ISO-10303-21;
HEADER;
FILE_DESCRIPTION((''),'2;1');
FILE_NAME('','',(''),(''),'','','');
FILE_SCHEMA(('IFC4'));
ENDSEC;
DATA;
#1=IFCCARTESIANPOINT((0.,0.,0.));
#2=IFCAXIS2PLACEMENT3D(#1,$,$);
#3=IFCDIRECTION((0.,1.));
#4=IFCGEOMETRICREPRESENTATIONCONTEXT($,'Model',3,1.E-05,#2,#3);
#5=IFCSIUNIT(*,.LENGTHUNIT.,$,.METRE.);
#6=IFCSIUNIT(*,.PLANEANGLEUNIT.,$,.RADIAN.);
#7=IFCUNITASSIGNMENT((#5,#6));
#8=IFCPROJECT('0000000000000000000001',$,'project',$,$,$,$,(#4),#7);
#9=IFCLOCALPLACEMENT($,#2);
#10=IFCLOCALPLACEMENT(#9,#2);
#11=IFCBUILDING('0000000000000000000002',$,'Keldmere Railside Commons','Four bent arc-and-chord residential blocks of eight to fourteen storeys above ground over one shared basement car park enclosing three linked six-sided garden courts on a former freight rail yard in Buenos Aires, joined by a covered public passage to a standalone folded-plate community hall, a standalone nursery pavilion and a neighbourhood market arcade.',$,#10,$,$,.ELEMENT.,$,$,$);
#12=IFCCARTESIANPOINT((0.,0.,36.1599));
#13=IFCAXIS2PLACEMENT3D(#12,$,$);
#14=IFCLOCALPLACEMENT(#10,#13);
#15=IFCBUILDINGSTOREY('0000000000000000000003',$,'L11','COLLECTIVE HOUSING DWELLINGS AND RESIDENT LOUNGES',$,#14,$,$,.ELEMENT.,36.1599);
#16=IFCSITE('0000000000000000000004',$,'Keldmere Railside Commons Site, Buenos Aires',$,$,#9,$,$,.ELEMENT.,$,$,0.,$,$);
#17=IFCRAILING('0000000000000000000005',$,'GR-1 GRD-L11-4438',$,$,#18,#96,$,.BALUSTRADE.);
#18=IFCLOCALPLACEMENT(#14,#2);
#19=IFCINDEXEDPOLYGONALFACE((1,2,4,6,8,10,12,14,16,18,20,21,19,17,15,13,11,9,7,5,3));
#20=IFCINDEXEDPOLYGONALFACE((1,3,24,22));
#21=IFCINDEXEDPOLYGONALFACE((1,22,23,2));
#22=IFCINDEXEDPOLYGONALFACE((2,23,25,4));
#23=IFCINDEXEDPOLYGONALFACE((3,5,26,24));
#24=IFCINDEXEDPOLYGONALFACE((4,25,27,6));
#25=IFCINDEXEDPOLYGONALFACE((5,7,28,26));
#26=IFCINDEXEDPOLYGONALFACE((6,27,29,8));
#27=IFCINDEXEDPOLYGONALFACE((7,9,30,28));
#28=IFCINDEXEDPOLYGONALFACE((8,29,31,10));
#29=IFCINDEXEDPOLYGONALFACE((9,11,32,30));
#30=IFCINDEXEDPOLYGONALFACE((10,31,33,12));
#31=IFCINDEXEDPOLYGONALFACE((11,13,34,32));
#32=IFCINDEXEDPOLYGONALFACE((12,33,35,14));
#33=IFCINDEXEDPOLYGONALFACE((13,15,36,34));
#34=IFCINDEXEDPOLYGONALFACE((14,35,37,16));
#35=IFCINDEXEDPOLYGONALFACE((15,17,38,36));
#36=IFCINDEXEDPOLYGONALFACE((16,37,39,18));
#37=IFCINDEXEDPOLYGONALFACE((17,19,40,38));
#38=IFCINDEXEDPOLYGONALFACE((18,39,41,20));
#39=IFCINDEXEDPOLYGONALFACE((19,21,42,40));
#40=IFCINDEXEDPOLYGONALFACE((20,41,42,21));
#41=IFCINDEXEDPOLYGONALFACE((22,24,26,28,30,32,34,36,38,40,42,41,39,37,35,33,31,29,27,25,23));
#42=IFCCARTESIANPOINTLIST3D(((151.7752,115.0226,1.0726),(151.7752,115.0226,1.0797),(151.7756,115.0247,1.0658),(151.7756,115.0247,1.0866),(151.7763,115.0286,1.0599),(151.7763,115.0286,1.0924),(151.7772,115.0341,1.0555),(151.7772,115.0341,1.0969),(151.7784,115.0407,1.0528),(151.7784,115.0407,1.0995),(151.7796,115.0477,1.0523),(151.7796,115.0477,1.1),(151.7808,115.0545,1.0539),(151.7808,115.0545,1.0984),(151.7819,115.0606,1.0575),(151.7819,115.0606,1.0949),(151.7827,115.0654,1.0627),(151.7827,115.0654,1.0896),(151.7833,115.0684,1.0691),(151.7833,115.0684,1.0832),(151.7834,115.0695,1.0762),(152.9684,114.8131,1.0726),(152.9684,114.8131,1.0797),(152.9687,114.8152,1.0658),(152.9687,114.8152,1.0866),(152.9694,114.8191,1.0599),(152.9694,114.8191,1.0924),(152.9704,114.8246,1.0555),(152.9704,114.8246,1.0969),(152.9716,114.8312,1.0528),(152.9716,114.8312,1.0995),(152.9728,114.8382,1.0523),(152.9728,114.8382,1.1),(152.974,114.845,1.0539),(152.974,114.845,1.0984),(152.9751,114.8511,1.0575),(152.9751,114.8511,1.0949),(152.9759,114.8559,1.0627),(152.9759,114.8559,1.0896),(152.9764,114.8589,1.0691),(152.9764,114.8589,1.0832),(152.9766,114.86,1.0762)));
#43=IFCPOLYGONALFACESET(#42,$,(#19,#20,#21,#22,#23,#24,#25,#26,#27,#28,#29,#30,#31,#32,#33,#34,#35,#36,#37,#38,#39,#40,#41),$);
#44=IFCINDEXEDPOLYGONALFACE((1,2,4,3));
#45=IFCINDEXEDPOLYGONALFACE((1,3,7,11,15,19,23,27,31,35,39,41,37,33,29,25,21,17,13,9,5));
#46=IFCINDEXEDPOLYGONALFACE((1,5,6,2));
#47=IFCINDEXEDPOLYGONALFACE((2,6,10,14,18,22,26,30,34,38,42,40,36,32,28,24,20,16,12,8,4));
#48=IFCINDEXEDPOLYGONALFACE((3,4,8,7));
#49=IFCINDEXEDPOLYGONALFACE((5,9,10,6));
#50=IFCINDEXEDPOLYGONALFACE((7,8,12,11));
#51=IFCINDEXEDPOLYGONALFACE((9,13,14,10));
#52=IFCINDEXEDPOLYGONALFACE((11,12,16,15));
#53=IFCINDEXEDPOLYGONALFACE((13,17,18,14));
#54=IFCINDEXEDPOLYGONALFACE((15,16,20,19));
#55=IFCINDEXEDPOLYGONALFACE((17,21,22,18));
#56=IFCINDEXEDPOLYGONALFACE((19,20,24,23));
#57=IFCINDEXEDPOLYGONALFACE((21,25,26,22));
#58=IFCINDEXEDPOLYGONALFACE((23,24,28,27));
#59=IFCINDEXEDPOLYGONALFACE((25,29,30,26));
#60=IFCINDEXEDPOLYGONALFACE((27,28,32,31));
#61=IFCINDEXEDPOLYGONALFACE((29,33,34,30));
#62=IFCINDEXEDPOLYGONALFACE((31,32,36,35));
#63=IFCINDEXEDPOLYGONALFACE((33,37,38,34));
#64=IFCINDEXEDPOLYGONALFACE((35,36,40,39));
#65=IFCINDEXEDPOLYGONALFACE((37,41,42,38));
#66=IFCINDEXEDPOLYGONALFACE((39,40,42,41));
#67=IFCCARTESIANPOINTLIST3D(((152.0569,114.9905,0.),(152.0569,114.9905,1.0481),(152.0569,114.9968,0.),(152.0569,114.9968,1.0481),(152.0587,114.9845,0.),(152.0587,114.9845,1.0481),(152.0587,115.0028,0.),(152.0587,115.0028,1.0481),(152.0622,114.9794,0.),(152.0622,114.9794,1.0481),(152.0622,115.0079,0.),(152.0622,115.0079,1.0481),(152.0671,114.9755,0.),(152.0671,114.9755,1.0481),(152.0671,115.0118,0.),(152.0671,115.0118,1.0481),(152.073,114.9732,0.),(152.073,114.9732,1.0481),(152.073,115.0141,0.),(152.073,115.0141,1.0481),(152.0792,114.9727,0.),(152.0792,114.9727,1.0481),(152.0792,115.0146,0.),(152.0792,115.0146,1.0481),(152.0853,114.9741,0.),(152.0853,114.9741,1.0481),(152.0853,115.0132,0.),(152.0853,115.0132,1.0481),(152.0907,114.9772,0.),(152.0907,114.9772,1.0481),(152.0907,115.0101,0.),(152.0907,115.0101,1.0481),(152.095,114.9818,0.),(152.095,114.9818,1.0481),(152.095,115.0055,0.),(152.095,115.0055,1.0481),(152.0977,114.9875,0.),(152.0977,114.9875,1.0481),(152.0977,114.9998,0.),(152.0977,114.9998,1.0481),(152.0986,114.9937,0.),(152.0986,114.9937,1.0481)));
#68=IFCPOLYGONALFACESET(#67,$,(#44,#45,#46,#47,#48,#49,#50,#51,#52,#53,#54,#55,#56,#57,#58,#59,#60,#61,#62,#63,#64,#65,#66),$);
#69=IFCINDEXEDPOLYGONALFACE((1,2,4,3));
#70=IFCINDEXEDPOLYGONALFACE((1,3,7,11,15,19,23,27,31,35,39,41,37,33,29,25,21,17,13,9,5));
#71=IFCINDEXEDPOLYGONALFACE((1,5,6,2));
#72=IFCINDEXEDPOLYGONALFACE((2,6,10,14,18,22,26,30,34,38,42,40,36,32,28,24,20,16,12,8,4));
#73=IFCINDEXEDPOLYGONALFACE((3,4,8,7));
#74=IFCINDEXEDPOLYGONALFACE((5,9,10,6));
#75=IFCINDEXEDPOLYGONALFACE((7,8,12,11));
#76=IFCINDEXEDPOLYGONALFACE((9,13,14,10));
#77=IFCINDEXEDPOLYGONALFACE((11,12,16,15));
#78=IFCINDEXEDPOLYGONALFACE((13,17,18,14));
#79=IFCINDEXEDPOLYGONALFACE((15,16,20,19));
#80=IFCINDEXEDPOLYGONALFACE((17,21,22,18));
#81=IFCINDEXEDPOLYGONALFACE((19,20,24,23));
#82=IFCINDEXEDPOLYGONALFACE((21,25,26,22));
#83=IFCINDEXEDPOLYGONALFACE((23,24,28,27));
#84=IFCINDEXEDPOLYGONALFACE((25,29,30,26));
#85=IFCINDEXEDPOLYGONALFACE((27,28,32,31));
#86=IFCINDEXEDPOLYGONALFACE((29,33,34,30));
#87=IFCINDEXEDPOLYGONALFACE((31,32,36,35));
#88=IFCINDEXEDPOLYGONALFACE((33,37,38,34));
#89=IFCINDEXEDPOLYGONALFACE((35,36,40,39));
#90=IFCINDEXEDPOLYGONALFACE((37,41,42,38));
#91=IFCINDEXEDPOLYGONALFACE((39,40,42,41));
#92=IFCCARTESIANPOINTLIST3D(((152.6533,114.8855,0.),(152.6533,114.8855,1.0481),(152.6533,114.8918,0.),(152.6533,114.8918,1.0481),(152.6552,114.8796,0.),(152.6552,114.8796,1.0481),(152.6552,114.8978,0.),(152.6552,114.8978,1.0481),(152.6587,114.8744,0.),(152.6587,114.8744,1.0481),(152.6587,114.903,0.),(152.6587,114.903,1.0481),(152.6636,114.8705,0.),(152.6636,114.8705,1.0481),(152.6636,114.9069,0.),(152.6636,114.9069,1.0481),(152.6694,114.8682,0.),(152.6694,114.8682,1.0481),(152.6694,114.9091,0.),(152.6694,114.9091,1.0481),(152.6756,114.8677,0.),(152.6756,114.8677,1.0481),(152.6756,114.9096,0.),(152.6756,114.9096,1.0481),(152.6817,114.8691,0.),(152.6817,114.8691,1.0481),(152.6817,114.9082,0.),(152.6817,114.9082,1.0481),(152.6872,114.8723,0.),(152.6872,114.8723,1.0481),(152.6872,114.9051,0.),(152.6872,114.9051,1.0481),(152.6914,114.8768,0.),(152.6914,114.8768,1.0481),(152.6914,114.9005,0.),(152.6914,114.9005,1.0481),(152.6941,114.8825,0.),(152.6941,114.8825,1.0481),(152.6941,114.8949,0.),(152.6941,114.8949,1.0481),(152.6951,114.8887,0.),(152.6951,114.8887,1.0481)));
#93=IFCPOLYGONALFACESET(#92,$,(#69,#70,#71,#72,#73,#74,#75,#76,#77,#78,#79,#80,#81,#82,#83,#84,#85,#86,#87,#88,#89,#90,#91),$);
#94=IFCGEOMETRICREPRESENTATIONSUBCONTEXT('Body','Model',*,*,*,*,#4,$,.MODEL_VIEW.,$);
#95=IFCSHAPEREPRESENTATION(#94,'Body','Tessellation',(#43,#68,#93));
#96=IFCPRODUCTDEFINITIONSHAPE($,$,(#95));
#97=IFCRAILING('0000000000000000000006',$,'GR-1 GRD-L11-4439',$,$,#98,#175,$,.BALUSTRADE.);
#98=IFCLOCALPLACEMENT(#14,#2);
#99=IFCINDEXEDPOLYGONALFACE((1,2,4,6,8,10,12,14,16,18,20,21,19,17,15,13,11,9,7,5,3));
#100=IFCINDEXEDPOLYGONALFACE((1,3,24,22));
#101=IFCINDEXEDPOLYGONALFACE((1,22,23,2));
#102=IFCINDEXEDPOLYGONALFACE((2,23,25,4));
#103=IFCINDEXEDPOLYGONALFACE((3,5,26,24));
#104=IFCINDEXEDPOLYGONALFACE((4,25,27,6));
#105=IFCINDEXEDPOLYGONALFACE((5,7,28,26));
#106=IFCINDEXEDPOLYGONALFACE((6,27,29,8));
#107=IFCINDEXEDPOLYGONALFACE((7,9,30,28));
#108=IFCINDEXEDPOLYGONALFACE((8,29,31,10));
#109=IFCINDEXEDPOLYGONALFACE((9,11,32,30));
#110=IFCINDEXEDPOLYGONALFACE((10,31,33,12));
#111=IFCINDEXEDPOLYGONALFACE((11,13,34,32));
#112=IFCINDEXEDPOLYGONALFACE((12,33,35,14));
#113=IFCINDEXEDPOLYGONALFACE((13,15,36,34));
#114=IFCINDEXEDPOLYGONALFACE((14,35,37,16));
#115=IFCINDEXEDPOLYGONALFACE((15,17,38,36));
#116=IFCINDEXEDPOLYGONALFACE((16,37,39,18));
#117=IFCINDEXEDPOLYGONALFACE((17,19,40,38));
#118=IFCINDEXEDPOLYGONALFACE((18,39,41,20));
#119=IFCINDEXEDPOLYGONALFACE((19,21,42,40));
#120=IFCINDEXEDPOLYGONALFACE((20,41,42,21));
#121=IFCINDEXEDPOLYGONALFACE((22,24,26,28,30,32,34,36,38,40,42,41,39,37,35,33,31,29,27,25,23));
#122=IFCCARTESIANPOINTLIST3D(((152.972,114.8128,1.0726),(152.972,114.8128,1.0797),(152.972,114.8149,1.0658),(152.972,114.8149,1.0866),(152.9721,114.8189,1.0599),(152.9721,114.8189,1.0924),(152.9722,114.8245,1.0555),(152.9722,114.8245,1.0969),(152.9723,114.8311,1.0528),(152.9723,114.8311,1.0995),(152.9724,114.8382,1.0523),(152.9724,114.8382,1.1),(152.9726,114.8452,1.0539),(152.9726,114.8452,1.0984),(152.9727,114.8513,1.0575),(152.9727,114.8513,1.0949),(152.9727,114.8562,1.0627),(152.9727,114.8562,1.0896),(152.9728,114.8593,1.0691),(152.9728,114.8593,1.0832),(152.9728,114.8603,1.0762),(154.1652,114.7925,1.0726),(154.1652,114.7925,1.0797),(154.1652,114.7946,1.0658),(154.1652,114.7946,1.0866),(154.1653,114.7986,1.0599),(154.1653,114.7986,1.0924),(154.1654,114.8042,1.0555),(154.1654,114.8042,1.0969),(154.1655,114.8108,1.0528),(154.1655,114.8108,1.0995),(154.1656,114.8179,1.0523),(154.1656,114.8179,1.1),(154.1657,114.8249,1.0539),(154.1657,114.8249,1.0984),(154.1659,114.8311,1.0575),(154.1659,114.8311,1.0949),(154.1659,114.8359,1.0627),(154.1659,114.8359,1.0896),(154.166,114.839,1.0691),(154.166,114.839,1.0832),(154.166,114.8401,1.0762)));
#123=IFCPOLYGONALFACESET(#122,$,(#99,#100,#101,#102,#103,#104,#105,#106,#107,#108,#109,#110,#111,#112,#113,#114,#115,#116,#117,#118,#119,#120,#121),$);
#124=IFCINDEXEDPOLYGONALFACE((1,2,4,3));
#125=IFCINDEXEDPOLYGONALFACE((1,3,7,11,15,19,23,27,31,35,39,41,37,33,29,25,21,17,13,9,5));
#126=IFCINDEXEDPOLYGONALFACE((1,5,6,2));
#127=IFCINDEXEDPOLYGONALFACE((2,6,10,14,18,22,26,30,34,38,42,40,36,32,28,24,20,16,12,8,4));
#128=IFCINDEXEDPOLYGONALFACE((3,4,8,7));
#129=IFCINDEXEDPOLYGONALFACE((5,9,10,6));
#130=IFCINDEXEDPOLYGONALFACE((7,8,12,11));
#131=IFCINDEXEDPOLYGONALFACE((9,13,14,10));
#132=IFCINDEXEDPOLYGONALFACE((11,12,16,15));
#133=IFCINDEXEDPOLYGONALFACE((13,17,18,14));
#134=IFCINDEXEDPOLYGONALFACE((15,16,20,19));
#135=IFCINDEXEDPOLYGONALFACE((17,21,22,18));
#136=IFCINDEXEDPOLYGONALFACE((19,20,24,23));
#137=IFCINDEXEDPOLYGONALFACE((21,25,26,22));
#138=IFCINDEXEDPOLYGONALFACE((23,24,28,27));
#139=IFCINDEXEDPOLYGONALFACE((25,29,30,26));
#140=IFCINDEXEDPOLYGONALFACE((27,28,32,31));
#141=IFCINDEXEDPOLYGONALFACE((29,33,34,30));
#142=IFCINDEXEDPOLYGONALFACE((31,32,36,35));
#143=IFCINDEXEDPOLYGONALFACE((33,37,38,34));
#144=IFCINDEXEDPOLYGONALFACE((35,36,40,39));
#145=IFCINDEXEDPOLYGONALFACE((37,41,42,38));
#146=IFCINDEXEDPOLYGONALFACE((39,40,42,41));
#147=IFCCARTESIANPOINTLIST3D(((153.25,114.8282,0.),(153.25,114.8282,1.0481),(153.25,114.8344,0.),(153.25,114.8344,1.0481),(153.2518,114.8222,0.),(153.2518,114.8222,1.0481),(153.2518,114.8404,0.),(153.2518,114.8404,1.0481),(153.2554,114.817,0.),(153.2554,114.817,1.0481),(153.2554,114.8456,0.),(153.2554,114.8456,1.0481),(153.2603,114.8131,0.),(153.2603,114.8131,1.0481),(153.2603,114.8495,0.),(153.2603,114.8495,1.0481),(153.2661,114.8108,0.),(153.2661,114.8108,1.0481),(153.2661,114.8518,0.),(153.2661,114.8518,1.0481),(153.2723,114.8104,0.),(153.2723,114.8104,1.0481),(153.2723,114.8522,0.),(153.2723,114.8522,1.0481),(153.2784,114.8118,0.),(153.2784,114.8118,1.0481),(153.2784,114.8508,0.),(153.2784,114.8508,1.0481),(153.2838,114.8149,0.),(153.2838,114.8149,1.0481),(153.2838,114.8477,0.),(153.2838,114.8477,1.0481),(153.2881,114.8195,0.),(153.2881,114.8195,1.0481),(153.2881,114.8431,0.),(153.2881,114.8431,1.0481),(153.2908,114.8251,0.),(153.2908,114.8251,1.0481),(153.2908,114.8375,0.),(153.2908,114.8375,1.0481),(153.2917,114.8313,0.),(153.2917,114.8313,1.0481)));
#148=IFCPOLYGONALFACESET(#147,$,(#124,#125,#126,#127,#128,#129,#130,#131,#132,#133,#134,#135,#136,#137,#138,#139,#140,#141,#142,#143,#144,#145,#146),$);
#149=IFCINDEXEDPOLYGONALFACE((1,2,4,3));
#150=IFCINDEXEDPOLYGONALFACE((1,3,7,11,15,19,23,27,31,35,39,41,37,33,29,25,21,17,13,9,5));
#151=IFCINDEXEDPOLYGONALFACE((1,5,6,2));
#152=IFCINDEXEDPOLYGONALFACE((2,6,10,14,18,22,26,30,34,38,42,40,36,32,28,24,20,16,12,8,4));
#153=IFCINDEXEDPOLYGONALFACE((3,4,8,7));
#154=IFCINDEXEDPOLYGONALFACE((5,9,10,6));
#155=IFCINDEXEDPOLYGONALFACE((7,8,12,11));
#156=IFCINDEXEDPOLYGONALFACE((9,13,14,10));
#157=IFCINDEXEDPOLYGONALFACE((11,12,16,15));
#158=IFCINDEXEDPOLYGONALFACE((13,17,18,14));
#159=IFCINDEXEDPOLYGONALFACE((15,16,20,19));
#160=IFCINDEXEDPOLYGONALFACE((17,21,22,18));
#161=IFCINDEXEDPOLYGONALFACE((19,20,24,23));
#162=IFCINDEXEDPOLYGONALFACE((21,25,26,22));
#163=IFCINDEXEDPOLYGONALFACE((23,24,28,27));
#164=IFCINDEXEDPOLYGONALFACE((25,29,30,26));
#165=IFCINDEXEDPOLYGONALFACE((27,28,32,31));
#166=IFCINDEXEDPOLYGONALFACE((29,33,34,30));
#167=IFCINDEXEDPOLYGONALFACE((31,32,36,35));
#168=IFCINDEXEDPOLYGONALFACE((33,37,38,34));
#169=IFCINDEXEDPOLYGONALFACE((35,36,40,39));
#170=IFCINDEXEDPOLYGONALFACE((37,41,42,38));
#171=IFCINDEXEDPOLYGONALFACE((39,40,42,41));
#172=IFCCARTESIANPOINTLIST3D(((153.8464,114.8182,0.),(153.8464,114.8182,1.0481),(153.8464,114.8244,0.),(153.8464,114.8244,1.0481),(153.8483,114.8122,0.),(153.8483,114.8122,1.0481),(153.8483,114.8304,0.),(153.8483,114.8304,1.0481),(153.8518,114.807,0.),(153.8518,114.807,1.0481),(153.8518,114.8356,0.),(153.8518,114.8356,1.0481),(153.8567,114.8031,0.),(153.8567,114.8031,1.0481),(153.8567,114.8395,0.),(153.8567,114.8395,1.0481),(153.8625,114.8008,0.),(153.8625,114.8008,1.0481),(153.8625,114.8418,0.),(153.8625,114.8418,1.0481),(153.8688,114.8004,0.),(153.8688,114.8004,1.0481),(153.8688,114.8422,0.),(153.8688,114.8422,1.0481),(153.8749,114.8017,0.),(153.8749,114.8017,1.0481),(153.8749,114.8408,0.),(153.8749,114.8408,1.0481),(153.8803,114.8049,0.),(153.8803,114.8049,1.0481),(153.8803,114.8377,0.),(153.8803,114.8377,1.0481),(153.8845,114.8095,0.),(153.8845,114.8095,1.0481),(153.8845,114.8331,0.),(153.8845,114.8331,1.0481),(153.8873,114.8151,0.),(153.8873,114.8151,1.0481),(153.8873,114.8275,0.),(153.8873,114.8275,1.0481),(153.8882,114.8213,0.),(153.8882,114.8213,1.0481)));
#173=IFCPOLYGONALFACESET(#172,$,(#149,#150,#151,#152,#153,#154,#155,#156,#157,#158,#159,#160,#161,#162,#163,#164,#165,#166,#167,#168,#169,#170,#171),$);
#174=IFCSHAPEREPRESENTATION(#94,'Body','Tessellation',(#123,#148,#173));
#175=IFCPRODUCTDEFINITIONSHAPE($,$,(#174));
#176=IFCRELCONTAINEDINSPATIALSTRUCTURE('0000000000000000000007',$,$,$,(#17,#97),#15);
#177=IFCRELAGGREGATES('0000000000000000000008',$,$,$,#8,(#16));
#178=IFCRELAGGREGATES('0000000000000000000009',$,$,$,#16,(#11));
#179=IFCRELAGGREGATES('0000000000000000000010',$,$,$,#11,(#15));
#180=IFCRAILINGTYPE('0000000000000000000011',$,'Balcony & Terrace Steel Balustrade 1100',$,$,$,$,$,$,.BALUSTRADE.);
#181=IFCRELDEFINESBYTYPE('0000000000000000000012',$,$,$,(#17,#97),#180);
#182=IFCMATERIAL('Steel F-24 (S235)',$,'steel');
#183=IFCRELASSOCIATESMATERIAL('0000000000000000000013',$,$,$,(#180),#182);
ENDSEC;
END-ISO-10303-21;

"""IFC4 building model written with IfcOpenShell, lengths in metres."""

from ifc_helpers import new_model, si_unit, direction, frame, origin, origin_2d, place, context, subcontext, project, spatial, circle, extrude, material, type_object, element, save


model = new_model("IFC4")

# Units and contexts
model_context = context("Model", 3, precision=1e-05, world=origin(), true_north=direction((0.0, 1.0)))
body_context = subcontext(model_context, "Body", "Model", "MODEL_VIEW")
ifc_project = project(units=[si_unit("LENGTHUNIT", "METRE"), si_unit("PLANEANGLEUNIT", "RADIAN")], contexts=[model_context])

# Site, building, storey
site_placement = place(None, origin())
site = spatial("IfcSite", under=ifc_project, at=site_placement, Name="Keldmere Railside Commons Site, Buenos Aires", CompositionType="ELEMENT", RefElevation=0.0)
building_placement = place(site_placement, origin())
building = spatial("IfcBuilding", under=site, at=building_placement, Name="Keldmere Railside Commons", Description="Four bent arc-and-chord residential blocks of eight to fourteen storeys above ground over one shared basement car park enclosing three linked six-sided garden courts on a former freight rail yard in Buenos Aires, joined by a covered public passage to a standalone folded-plate community hall, a standalone nursery pavilion and a neighbourhood market arcade.", CompositionType="ELEMENT")
storey_placement = place(building_placement, frame((0.0, 0.0, 36.1599)))
storey = spatial("IfcBuildingStorey", under=building, at=storey_placement, Name="L11", Description="COLLECTIVE HOUSING DWELLINGS AND RESIDENT LOUNGES", CompositionType="ELEMENT", Elevation=36.1599)

# Railings
ifc_material_1 = material(Name="Steel F-24 (S235)", Category="steel")
railing_type = type_object("IfcRailingType", Name="Balcony & Terrace Steel Balustrade 1100", PredefinedType="BALUSTRADE", material=ifc_material_1)
railing_1_placement = place(storey_placement, frame((151.7793, 115.0459, 0.0)))
element("IfcRailing", 1, at=railing_1_placement, inside=storey, type_object=railing_type, Name="GR-1 GRD-L11-4438", PredefinedType="BALUSTRADE", context=body_context, shape_type="SweptSolid", body=[
    extrude(circle(Radius=0.0239, at=origin_2d()), frame((0.0, 0.0, 1.0762), z_axis=(0.984935, -0.172923, 0.0), x_axis=(0.172923, 0.984935, 0.0)), (0.0, 0.0, 1.0), 1.2114),
    extrude(circle(Radius=0.021, at=origin_2d()), frame((0.2983, -0.0522, 0.0)), (0.0, 0.0, 1.0), 1.0481),
    extrude(circle(Radius=0.021, at=origin_2d()), frame((0.8948, -0.1572, 0.0)), (0.0, 0.0, 1.0), 1.0481),
])
railing_2_placement = place(storey_placement, frame((152.9724, 114.8364, 0.0)))
element("IfcRailing", 2, at=railing_2_placement, inside=storey, type_object=railing_type, Name="GR-1 GRD-L11-4439", PredefinedType="BALUSTRADE", context=body_context, shape_type="SweptSolid", body=[
    extrude(circle(Radius=0.0239, at=origin_2d()), frame((0.0, 0.0, 1.0762), z_axis=(0.999856, -0.016981, 0.0), x_axis=(0.016981, 0.999856, 0.0)), (0.0, 0.0, 1.0), 1.1934),
    extrude(circle(Radius=0.021, at=origin_2d()), frame((0.2983, -0.0051, 0.0)), (0.0, 0.0, 1.0), 1.0481),
    extrude(circle(Radius=0.021, at=origin_2d()), frame((0.8948, -0.0151, 0.0)), (0.0, 0.0, 1.0), 1.0481),
])

save(model, "model.ifc")
